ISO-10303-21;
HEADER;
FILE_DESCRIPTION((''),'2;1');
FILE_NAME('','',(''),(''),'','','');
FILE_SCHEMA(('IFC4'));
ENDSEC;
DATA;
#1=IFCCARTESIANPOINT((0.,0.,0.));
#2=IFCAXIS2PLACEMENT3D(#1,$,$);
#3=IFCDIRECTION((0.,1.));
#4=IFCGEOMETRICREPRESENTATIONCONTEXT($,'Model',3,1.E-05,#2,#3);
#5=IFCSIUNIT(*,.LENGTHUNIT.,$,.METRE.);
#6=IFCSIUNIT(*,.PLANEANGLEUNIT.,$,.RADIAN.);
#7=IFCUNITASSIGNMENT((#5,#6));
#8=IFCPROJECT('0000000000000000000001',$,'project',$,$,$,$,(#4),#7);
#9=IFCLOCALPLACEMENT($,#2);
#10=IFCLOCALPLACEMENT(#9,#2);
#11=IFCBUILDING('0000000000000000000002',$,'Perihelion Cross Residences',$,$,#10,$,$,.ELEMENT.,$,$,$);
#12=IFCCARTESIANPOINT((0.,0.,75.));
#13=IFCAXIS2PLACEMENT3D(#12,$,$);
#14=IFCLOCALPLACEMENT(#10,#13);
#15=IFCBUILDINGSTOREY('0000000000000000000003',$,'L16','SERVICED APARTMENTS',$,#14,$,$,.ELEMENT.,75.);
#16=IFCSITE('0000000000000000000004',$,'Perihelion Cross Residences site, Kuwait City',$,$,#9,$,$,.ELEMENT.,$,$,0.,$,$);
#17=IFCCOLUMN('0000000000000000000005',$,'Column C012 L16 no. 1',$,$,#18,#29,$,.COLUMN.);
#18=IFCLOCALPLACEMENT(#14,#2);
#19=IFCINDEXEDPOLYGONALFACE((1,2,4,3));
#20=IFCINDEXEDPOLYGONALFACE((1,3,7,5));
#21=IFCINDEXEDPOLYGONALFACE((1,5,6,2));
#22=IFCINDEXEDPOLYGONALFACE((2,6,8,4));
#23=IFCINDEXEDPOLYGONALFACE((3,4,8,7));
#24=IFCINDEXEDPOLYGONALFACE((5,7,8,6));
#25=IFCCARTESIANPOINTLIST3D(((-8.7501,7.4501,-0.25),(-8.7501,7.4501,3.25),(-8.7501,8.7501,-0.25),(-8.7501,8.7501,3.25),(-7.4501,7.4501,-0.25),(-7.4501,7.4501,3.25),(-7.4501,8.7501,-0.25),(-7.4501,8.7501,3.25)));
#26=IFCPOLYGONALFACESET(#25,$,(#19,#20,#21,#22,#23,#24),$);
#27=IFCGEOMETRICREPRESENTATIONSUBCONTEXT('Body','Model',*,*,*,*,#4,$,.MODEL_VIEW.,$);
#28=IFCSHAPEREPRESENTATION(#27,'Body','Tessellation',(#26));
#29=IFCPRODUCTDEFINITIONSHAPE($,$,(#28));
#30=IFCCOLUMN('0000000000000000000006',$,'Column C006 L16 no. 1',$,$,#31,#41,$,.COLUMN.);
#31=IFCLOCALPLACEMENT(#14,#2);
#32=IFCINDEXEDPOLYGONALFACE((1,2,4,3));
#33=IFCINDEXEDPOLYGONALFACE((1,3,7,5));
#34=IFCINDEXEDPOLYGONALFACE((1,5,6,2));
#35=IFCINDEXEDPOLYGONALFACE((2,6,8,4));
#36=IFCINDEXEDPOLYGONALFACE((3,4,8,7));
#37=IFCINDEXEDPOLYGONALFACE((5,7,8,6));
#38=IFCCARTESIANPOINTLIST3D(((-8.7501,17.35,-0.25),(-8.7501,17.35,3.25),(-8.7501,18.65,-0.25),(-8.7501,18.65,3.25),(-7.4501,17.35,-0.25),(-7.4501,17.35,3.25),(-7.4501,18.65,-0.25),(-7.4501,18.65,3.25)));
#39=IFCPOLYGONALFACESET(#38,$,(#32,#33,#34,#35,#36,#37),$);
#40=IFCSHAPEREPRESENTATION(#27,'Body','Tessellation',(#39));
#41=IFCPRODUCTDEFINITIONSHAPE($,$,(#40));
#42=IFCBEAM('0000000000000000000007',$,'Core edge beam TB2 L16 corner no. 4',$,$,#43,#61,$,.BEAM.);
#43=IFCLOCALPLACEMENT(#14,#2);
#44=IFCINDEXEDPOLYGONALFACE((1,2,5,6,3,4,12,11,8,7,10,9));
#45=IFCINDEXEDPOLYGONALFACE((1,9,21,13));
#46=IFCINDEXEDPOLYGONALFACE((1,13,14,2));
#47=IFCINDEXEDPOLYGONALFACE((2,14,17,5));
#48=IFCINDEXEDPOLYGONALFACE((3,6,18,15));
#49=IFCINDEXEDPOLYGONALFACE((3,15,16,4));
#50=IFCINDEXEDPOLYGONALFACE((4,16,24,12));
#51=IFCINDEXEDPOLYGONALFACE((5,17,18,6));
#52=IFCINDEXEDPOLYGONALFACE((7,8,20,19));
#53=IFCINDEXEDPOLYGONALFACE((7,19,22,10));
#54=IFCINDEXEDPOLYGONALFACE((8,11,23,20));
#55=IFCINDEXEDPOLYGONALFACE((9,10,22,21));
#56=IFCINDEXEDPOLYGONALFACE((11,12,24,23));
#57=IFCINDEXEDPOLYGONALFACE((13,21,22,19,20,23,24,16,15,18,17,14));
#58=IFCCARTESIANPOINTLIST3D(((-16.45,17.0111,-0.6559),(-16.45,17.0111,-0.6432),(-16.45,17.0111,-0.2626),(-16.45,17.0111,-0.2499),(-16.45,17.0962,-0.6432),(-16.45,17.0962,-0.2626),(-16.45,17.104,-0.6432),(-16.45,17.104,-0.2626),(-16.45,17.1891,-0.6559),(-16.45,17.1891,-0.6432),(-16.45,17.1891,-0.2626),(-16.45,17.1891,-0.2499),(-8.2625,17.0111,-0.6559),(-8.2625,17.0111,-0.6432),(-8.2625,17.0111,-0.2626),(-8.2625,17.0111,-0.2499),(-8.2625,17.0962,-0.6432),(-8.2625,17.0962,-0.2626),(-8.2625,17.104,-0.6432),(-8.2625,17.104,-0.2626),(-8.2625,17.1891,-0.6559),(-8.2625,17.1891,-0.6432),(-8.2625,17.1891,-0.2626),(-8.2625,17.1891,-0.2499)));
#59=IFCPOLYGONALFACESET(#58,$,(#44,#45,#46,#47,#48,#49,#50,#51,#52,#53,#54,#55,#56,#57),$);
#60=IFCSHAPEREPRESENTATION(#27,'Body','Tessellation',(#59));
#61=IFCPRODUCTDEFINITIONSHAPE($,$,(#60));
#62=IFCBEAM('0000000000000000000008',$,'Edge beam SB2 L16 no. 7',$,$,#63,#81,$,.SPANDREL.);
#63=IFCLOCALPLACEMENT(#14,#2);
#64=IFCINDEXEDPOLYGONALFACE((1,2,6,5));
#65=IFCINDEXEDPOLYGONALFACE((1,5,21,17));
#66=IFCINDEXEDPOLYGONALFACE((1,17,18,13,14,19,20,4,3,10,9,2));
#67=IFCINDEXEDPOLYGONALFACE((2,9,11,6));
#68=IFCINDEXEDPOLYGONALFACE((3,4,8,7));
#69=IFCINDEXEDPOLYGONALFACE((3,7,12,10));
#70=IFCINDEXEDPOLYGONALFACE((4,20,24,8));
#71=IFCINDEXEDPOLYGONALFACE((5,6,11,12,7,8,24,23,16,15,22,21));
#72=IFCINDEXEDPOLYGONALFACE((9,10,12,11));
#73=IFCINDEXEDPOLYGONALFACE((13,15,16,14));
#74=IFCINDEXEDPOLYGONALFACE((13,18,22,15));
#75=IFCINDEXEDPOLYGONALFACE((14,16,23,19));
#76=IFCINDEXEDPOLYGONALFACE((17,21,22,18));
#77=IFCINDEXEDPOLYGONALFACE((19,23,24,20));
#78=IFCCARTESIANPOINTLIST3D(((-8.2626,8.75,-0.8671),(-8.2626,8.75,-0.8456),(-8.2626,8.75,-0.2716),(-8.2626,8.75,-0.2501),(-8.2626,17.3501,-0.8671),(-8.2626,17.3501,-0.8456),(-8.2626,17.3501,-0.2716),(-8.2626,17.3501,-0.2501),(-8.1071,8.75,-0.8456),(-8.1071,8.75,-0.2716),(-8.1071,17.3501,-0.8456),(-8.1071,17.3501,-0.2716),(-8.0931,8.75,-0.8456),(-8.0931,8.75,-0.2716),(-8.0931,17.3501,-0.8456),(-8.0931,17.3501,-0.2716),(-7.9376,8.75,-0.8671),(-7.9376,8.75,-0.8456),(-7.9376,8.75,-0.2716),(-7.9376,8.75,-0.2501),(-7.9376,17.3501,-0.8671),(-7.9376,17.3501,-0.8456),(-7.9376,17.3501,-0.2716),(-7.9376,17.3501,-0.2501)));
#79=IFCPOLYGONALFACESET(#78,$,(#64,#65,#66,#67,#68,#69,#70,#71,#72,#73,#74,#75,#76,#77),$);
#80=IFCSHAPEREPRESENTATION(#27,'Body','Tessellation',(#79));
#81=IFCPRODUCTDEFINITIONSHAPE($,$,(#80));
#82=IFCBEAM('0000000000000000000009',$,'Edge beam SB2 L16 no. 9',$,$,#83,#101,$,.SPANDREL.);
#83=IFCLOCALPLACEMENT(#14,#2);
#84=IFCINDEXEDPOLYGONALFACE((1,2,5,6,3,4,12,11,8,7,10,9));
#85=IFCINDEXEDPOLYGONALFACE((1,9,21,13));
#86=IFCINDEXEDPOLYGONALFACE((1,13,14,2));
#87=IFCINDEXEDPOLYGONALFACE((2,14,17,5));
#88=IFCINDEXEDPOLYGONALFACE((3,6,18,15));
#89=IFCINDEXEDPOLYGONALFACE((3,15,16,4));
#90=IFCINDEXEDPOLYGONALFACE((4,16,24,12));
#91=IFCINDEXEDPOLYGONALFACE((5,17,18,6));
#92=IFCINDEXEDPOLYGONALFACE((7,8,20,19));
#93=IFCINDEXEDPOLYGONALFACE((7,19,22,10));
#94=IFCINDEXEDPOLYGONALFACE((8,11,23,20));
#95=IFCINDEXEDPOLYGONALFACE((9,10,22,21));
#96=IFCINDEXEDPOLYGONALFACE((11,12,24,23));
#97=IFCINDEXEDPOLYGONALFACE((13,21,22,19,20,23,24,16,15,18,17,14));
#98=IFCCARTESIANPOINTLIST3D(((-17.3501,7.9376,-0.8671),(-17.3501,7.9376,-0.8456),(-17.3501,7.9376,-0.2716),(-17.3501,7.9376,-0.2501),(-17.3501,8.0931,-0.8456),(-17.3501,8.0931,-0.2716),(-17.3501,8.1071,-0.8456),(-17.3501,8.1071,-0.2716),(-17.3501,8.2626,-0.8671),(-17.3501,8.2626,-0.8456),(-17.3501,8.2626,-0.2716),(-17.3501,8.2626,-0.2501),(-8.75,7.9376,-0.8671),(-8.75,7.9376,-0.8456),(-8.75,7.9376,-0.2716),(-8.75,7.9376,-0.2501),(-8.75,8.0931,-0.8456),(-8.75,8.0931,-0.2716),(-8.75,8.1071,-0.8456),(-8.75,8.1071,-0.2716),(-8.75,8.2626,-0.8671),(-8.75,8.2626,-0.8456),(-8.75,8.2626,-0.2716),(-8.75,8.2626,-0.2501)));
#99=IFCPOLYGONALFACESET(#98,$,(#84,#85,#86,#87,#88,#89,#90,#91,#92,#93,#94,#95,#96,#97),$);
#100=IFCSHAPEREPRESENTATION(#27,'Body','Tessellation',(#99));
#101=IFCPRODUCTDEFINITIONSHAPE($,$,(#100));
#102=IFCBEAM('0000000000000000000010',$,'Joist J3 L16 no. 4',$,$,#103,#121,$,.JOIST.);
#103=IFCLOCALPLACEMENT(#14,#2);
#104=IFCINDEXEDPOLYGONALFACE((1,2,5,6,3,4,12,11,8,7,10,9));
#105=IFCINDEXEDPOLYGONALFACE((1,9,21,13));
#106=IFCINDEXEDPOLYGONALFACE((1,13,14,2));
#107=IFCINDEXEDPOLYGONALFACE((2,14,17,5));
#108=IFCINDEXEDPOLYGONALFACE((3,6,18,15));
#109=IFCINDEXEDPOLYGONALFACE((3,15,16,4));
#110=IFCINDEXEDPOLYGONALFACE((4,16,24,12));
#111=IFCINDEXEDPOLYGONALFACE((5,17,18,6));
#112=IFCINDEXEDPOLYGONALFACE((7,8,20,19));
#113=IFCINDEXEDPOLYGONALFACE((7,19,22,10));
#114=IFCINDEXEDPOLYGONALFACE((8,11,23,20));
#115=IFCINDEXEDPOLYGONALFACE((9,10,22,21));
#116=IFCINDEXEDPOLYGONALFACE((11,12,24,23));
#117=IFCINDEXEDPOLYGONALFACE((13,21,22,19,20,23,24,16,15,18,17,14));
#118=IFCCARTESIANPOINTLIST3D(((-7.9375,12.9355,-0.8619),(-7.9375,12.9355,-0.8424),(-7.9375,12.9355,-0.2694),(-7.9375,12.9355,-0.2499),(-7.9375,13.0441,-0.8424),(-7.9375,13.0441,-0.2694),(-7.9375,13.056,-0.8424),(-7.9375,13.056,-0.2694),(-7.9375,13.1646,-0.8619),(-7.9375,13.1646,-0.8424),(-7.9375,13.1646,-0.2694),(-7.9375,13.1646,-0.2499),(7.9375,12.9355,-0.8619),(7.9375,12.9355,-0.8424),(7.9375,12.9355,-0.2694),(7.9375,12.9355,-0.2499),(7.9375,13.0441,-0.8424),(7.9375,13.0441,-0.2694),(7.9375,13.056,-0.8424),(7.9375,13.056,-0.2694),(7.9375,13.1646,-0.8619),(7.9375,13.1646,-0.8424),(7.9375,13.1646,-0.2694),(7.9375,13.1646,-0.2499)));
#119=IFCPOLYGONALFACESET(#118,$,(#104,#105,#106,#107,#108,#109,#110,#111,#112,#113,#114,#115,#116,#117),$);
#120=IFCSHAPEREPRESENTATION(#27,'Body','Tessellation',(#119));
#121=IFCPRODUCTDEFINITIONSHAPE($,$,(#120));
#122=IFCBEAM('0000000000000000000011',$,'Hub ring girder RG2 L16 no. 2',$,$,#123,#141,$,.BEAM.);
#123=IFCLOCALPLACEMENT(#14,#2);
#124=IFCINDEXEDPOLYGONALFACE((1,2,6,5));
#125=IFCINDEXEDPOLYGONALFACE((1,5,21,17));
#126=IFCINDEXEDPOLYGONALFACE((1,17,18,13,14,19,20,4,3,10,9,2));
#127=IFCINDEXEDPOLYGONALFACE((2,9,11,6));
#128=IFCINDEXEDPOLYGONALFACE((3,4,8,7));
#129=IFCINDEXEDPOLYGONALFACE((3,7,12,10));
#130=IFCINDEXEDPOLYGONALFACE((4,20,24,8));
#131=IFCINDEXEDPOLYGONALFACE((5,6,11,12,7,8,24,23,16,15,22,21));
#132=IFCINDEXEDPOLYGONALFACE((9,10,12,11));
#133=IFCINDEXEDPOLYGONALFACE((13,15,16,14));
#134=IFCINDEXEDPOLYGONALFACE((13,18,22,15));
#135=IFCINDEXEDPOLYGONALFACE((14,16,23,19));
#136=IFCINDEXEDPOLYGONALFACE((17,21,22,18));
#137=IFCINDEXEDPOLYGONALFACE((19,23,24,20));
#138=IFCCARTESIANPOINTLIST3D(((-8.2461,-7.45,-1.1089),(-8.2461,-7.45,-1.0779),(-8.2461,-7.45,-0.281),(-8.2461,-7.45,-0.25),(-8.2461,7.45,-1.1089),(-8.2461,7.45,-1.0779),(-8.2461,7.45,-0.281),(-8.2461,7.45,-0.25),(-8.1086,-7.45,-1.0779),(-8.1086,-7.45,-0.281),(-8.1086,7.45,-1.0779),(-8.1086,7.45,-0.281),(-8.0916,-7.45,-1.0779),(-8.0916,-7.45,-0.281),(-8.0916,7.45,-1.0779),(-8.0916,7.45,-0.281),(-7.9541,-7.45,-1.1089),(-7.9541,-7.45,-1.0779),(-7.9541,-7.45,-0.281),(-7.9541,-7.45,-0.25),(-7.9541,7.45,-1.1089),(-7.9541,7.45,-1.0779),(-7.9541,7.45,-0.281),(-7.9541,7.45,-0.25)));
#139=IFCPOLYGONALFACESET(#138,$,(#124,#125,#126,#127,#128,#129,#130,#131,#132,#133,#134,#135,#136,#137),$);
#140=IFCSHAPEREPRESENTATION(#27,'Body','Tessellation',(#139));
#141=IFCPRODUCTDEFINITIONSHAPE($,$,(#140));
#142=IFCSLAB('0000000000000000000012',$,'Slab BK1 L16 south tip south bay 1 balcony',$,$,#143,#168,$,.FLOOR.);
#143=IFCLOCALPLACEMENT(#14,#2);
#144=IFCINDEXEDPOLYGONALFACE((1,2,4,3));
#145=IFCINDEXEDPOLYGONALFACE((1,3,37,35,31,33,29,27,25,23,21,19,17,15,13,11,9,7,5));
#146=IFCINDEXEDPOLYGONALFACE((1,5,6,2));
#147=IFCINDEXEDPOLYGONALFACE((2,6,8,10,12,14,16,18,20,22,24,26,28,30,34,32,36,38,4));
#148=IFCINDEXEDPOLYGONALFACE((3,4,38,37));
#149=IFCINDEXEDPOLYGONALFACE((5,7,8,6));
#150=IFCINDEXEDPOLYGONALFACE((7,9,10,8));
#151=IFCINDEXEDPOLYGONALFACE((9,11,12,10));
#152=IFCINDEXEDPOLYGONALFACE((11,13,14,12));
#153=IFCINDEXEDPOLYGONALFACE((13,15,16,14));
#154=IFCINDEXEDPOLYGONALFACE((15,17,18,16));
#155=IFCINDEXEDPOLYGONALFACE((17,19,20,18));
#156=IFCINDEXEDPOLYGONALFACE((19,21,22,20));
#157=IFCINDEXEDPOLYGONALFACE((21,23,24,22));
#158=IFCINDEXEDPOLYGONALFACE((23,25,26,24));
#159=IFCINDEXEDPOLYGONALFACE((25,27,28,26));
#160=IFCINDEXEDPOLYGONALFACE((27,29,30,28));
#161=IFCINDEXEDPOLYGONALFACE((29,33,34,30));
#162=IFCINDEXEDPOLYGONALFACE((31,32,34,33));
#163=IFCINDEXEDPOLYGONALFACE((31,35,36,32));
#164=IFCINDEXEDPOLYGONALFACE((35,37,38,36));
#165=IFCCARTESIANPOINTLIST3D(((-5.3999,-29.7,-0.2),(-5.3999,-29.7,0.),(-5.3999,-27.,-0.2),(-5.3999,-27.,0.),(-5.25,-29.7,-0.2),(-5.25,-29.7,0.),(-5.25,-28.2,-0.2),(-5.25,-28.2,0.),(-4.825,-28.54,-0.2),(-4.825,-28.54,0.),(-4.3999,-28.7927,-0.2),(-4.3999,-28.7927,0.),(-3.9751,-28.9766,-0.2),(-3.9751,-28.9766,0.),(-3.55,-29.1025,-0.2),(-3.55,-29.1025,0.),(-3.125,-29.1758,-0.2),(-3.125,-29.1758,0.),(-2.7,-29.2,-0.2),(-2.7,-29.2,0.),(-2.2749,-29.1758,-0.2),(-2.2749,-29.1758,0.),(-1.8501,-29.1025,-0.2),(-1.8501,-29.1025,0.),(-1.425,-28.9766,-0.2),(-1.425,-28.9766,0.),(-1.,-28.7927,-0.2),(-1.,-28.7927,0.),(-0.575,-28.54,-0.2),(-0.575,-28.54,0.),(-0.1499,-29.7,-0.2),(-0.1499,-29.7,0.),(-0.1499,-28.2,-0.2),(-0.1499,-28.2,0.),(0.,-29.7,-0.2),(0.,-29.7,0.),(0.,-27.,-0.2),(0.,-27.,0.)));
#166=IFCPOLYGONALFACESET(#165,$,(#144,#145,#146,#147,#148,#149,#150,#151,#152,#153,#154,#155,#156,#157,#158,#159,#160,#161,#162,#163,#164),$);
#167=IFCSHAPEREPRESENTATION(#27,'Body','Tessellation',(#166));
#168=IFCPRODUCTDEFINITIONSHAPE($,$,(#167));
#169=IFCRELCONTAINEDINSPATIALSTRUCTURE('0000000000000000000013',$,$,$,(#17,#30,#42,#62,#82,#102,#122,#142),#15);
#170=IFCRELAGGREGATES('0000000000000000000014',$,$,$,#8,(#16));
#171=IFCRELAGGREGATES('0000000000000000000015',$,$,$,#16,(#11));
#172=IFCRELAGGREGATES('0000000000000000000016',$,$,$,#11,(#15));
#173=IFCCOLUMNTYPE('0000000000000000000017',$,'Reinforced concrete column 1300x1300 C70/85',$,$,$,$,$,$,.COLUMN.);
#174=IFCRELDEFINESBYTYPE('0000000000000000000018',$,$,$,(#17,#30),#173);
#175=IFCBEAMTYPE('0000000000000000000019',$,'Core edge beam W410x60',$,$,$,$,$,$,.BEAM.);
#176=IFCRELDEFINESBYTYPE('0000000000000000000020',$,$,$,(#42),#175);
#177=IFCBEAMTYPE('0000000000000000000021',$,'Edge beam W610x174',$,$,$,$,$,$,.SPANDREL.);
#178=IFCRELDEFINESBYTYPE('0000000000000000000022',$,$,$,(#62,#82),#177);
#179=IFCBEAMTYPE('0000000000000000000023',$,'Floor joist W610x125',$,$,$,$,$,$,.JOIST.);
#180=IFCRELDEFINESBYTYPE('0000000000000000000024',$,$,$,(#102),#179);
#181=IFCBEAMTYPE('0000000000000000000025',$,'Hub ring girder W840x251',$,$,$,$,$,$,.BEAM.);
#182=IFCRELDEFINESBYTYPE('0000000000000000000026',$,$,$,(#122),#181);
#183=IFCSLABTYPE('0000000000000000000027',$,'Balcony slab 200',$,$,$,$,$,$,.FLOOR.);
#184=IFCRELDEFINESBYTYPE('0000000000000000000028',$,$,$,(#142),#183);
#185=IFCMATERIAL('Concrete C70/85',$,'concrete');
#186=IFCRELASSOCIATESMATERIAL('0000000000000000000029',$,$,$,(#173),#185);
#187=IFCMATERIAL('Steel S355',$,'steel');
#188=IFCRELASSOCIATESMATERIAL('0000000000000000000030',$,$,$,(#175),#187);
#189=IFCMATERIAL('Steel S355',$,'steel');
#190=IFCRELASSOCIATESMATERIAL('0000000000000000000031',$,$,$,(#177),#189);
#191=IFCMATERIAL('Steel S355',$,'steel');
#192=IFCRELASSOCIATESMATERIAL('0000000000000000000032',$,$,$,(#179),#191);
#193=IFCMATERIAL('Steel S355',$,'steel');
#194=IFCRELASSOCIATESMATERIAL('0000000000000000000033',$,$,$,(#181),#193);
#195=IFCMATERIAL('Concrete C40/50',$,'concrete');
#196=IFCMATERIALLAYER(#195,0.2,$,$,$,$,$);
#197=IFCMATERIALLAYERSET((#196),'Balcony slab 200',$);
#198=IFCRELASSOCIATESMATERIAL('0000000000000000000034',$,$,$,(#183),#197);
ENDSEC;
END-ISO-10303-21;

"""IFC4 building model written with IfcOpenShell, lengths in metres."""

from ifc_helpers import new_model, si_unit, direction, frame, origin, origin_2d, place, context, subcontext, project, spatial, polyline, rectangle, i_section, outline, extrude, material, layer, layer_set, material_profile, profile_set, type_object, element, save


model = new_model("IFC4")

# Units and contexts
model_context = context("Model", 3, precision=1e-05, world=origin(), true_north=direction((0.0, 1.0)))
body_context = subcontext(model_context, "Body", "Model", "MODEL_VIEW")
ifc_project = project(units=[si_unit("LENGTHUNIT", "METRE"), si_unit("PLANEANGLEUNIT", "RADIAN")], contexts=[model_context])

# Site, building, storey
site_placement = place(None, origin())
site = spatial("IfcSite", under=ifc_project, at=site_placement, Name="Perihelion Cross Residences site, Kuwait City", CompositionType="ELEMENT", RefElevation=0.0)
building_placement = place(site_placement, origin())
building = spatial("IfcBuilding", under=site, at=building_placement, Name="Perihelion Cross Residences", CompositionType="ELEMENT")
storey_placement = place(building_placement, frame((0.0, 0.0, 75.0)))
storey = spatial("IfcBuildingStorey", under=building, at=storey_placement, Name="L16", Description="SERVICED APARTMENTS", CompositionType="ELEMENT", Elevation=75.0)

# Columns
ifc_material_1 = material(Name="Concrete C70/85", Category="concrete")
ifc_material_profile_1 = material_profile(ifc_material_1, rectangle(XDim=1.3, YDim=1.3, at=origin_2d()), Name="RC 1300x1300")
ifc_profile_set_1 = profile_set([ifc_material_profile_1], Name="Concrete C70/85")
column_type = type_object("IfcColumnType", Name="Reinforced concrete column 1300x1300 C70/85", PredefinedType="COLUMN", material=ifc_profile_set_1)
for number, where, z_axis, x_axis, name in (
    (1, (-8.1001, 8.1001, -0.25), (0.0, 0.0, 1.0), (1.0, 0.0, 0.0), "Column C012 L16 no. 1"),
    (2, (-8.1001, 18.0, -0.25), (0.0, 0.0, 1.0), (1.0, 0.0, 0.0), "Column C006 L16 no. 1"),
):
    element("IfcColumn", number, at=place(storey_placement, frame(where, z_axis=z_axis, x_axis=x_axis)), inside=storey, type_object=column_type, Name=name, PredefinedType="COLUMN", context=body_context, shape_type="SweptSolid", body=[
        extrude(rectangle(XDim=1.3, YDim=1.3, at=origin_2d()), origin(), (0.0, 0.0, 1.0), 3.5),
    ])

# Beams
ifc_material_2 = material(Name="Steel S355", Category="steel")
ifc_material_profile_2 = material_profile(ifc_material_2, i_section(OverallWidth=0.178, OverallDepth=0.406, WebThickness=0.0078, FlangeThickness=0.0127, at=origin_2d()), Name="W410x60")
ifc_profile_set_2 = profile_set([ifc_material_profile_2], Name="Steel S355")
beam_type_1 = type_object("IfcBeamType", Name="Core edge beam W410x60", PredefinedType="BEAM", material=ifc_profile_set_2)
beam_1_placement = place(storey_placement, frame((-8.2625, 17.1001, -0.4529), z_axis=(-1.0, 0.0, 0.0), x_axis=(0.0, -1.0, 0.0)))
element("IfcBeam", 3, at=beam_1_placement, inside=storey, type_object=beam_type_1, Name="Core edge beam TB2 L16 corner no. 4", PredefinedType="BEAM", context=body_context, shape_type="SweptSolid", body=[
    extrude(i_section(OverallWidth=0.178, OverallDepth=0.406, WebThickness=0.0078, FlangeThickness=0.0127, at=origin_2d()), origin(), (0.0, 0.0, 1.0), 8.1875),
])
ifc_material_3 = material(Name="Steel S355", Category="steel")
ifc_material_profile_3 = material_profile(ifc_material_3, i_section(OverallWidth=0.325, OverallDepth=0.6169, WebThickness=0.0139, FlangeThickness=0.0215, at=origin_2d()), Name="W610x174")
ifc_profile_set_3 = profile_set([ifc_material_profile_3], Name="Steel S355")
beam_type_2 = type_object("IfcBeamType", Name="Edge beam W610x174", PredefinedType="SPANDREL", material=ifc_profile_set_3)
for number, where, z_axis, x_axis, name in (
    (4, (-8.1001, 17.3501, -0.5586), (0.0, -1.0, 0.0), (1.0, 0.0, 0.0), "Edge beam SB2 L16 no. 7"),
    (5, (-8.75, 8.1001, -0.5586), (-1.0, 0.0, 0.0), (0.0, -1.0, 0.0), "Edge beam SB2 L16 no. 9"),
):
    element("IfcBeam", number, at=place(storey_placement, frame(where, z_axis=z_axis, x_axis=x_axis)), inside=storey, type_object=beam_type_2, Name=name, PredefinedType="SPANDREL", context=body_context, shape_type="SweptSolid", body=[
        extrude(i_section(OverallWidth=0.325, OverallDepth=0.6169, WebThickness=0.0139, FlangeThickness=0.0215, at=origin_2d()), origin(), (0.0, 0.0, 1.0), 8.6001),
    ])
ifc_material_4 = material(Name="Steel S355", Category="steel")
ifc_material_profile_4 = material_profile(ifc_material_4, i_section(OverallWidth=0.229, OverallDepth=0.6121, WebThickness=0.012, FlangeThickness=0.0195, at=origin_2d()), Name="W610x125")
ifc_profile_set_4 = profile_set([ifc_material_profile_4], Name="Steel S355")
beam_type_3 = type_object("IfcBeamType", Name="Floor joist W610x125", PredefinedType="JOIST", material=ifc_profile_set_4)
beam_2_placement = place(storey_placement, frame((-7.9375, 13.05, -0.5559), z_axis=(1.0, 0.0, 0.0), x_axis=(0.0, 1.0, 0.0)))
element("IfcBeam", 6, at=beam_2_placement, inside=storey, type_object=beam_type_3, Name="Joist J3 L16 no. 4", PredefinedType="JOIST", context=body_context, shape_type="SweptSolid", body=[
    extrude(i_section(OverallWidth=0.229, OverallDepth=0.6121, WebThickness=0.012, FlangeThickness=0.0195, at=origin_2d()), origin(), (0.0, 0.0, 1.0), 15.875),
])
ifc_material_5 = material(Name="Steel S355", Category="steel")
ifc_material_profile_5 = material_profile(ifc_material_5, i_section(OverallWidth=0.292, OverallDepth=0.8589, WebThickness=0.0171, FlangeThickness=0.031, at=origin_2d()), Name="W840x251")
ifc_profile_set_5 = profile_set([ifc_material_profile_5], Name="Steel S355")
beam_type_4 = type_object("IfcBeamType", Name="Hub ring girder W840x251", PredefinedType="BEAM", material=ifc_profile_set_5)
beam_3_placement = place(storey_placement, frame((-8.1001, 7.45, -0.6794), z_axis=(0.0, -1.0, 0.0), x_axis=(1.0, 0.0, 0.0)))
element("IfcBeam", 7, at=beam_3_placement, inside=storey, type_object=beam_type_4, Name="Hub ring girder RG2 L16 no. 2", PredefinedType="BEAM", context=body_context, shape_type="SweptSolid", body=[
    extrude(i_section(OverallWidth=0.292, OverallDepth=0.8589, WebThickness=0.0171, FlangeThickness=0.031, at=origin_2d()), origin(), (0.0, 0.0, 1.0), 14.8999),
])

# Slab
ifc_material_6 = material(Name="Concrete C40/50", Category="concrete")
ifc_layer_1 = layer(ifc_material_6, 0.2)
ifc_layer_set_1 = layer_set([ifc_layer_1], Name="Balcony slab 200")
slab_type_1 = type_object("IfcSlabType", Name="Balcony slab 200", PredefinedType="FLOOR", material=ifc_layer_set_1)
slab_1_placement = place(storey_placement, frame((0.0, 0.0, -0.2)))
element("IfcSlab", 8, at=slab_1_placement, inside=storey, type_object=slab_type_1, Name="Slab BK1 L16 south tip south bay 1 balcony", PredefinedType="FLOOR", context=body_context, shape_type="SweptSolid", body=[
    extrude(outline(polyline([(-5.3999, -27.0), (0.0, -27.0), (0.0, -29.7), (-0.1499, -29.7), (-0.1499, -28.2), (-0.575, -28.54), (-1.0, -28.7927), (-1.425, -28.9766), (-1.8501, -29.1025), (-2.2749, -29.1758), (-2.7, -29.2), (-3.125, -29.1758), (-3.55, -29.1025), (-3.9751, -28.9766), (-4.3999, -28.7927), (-4.825, -28.54), (-5.25, -28.2), (-5.25, -29.7), (-5.3999, -29.7), (-5.3999, -27.0)])), origin(), (0.0, 0.0, 1.0), 0.2),
])

save(model, "model.ifc")
